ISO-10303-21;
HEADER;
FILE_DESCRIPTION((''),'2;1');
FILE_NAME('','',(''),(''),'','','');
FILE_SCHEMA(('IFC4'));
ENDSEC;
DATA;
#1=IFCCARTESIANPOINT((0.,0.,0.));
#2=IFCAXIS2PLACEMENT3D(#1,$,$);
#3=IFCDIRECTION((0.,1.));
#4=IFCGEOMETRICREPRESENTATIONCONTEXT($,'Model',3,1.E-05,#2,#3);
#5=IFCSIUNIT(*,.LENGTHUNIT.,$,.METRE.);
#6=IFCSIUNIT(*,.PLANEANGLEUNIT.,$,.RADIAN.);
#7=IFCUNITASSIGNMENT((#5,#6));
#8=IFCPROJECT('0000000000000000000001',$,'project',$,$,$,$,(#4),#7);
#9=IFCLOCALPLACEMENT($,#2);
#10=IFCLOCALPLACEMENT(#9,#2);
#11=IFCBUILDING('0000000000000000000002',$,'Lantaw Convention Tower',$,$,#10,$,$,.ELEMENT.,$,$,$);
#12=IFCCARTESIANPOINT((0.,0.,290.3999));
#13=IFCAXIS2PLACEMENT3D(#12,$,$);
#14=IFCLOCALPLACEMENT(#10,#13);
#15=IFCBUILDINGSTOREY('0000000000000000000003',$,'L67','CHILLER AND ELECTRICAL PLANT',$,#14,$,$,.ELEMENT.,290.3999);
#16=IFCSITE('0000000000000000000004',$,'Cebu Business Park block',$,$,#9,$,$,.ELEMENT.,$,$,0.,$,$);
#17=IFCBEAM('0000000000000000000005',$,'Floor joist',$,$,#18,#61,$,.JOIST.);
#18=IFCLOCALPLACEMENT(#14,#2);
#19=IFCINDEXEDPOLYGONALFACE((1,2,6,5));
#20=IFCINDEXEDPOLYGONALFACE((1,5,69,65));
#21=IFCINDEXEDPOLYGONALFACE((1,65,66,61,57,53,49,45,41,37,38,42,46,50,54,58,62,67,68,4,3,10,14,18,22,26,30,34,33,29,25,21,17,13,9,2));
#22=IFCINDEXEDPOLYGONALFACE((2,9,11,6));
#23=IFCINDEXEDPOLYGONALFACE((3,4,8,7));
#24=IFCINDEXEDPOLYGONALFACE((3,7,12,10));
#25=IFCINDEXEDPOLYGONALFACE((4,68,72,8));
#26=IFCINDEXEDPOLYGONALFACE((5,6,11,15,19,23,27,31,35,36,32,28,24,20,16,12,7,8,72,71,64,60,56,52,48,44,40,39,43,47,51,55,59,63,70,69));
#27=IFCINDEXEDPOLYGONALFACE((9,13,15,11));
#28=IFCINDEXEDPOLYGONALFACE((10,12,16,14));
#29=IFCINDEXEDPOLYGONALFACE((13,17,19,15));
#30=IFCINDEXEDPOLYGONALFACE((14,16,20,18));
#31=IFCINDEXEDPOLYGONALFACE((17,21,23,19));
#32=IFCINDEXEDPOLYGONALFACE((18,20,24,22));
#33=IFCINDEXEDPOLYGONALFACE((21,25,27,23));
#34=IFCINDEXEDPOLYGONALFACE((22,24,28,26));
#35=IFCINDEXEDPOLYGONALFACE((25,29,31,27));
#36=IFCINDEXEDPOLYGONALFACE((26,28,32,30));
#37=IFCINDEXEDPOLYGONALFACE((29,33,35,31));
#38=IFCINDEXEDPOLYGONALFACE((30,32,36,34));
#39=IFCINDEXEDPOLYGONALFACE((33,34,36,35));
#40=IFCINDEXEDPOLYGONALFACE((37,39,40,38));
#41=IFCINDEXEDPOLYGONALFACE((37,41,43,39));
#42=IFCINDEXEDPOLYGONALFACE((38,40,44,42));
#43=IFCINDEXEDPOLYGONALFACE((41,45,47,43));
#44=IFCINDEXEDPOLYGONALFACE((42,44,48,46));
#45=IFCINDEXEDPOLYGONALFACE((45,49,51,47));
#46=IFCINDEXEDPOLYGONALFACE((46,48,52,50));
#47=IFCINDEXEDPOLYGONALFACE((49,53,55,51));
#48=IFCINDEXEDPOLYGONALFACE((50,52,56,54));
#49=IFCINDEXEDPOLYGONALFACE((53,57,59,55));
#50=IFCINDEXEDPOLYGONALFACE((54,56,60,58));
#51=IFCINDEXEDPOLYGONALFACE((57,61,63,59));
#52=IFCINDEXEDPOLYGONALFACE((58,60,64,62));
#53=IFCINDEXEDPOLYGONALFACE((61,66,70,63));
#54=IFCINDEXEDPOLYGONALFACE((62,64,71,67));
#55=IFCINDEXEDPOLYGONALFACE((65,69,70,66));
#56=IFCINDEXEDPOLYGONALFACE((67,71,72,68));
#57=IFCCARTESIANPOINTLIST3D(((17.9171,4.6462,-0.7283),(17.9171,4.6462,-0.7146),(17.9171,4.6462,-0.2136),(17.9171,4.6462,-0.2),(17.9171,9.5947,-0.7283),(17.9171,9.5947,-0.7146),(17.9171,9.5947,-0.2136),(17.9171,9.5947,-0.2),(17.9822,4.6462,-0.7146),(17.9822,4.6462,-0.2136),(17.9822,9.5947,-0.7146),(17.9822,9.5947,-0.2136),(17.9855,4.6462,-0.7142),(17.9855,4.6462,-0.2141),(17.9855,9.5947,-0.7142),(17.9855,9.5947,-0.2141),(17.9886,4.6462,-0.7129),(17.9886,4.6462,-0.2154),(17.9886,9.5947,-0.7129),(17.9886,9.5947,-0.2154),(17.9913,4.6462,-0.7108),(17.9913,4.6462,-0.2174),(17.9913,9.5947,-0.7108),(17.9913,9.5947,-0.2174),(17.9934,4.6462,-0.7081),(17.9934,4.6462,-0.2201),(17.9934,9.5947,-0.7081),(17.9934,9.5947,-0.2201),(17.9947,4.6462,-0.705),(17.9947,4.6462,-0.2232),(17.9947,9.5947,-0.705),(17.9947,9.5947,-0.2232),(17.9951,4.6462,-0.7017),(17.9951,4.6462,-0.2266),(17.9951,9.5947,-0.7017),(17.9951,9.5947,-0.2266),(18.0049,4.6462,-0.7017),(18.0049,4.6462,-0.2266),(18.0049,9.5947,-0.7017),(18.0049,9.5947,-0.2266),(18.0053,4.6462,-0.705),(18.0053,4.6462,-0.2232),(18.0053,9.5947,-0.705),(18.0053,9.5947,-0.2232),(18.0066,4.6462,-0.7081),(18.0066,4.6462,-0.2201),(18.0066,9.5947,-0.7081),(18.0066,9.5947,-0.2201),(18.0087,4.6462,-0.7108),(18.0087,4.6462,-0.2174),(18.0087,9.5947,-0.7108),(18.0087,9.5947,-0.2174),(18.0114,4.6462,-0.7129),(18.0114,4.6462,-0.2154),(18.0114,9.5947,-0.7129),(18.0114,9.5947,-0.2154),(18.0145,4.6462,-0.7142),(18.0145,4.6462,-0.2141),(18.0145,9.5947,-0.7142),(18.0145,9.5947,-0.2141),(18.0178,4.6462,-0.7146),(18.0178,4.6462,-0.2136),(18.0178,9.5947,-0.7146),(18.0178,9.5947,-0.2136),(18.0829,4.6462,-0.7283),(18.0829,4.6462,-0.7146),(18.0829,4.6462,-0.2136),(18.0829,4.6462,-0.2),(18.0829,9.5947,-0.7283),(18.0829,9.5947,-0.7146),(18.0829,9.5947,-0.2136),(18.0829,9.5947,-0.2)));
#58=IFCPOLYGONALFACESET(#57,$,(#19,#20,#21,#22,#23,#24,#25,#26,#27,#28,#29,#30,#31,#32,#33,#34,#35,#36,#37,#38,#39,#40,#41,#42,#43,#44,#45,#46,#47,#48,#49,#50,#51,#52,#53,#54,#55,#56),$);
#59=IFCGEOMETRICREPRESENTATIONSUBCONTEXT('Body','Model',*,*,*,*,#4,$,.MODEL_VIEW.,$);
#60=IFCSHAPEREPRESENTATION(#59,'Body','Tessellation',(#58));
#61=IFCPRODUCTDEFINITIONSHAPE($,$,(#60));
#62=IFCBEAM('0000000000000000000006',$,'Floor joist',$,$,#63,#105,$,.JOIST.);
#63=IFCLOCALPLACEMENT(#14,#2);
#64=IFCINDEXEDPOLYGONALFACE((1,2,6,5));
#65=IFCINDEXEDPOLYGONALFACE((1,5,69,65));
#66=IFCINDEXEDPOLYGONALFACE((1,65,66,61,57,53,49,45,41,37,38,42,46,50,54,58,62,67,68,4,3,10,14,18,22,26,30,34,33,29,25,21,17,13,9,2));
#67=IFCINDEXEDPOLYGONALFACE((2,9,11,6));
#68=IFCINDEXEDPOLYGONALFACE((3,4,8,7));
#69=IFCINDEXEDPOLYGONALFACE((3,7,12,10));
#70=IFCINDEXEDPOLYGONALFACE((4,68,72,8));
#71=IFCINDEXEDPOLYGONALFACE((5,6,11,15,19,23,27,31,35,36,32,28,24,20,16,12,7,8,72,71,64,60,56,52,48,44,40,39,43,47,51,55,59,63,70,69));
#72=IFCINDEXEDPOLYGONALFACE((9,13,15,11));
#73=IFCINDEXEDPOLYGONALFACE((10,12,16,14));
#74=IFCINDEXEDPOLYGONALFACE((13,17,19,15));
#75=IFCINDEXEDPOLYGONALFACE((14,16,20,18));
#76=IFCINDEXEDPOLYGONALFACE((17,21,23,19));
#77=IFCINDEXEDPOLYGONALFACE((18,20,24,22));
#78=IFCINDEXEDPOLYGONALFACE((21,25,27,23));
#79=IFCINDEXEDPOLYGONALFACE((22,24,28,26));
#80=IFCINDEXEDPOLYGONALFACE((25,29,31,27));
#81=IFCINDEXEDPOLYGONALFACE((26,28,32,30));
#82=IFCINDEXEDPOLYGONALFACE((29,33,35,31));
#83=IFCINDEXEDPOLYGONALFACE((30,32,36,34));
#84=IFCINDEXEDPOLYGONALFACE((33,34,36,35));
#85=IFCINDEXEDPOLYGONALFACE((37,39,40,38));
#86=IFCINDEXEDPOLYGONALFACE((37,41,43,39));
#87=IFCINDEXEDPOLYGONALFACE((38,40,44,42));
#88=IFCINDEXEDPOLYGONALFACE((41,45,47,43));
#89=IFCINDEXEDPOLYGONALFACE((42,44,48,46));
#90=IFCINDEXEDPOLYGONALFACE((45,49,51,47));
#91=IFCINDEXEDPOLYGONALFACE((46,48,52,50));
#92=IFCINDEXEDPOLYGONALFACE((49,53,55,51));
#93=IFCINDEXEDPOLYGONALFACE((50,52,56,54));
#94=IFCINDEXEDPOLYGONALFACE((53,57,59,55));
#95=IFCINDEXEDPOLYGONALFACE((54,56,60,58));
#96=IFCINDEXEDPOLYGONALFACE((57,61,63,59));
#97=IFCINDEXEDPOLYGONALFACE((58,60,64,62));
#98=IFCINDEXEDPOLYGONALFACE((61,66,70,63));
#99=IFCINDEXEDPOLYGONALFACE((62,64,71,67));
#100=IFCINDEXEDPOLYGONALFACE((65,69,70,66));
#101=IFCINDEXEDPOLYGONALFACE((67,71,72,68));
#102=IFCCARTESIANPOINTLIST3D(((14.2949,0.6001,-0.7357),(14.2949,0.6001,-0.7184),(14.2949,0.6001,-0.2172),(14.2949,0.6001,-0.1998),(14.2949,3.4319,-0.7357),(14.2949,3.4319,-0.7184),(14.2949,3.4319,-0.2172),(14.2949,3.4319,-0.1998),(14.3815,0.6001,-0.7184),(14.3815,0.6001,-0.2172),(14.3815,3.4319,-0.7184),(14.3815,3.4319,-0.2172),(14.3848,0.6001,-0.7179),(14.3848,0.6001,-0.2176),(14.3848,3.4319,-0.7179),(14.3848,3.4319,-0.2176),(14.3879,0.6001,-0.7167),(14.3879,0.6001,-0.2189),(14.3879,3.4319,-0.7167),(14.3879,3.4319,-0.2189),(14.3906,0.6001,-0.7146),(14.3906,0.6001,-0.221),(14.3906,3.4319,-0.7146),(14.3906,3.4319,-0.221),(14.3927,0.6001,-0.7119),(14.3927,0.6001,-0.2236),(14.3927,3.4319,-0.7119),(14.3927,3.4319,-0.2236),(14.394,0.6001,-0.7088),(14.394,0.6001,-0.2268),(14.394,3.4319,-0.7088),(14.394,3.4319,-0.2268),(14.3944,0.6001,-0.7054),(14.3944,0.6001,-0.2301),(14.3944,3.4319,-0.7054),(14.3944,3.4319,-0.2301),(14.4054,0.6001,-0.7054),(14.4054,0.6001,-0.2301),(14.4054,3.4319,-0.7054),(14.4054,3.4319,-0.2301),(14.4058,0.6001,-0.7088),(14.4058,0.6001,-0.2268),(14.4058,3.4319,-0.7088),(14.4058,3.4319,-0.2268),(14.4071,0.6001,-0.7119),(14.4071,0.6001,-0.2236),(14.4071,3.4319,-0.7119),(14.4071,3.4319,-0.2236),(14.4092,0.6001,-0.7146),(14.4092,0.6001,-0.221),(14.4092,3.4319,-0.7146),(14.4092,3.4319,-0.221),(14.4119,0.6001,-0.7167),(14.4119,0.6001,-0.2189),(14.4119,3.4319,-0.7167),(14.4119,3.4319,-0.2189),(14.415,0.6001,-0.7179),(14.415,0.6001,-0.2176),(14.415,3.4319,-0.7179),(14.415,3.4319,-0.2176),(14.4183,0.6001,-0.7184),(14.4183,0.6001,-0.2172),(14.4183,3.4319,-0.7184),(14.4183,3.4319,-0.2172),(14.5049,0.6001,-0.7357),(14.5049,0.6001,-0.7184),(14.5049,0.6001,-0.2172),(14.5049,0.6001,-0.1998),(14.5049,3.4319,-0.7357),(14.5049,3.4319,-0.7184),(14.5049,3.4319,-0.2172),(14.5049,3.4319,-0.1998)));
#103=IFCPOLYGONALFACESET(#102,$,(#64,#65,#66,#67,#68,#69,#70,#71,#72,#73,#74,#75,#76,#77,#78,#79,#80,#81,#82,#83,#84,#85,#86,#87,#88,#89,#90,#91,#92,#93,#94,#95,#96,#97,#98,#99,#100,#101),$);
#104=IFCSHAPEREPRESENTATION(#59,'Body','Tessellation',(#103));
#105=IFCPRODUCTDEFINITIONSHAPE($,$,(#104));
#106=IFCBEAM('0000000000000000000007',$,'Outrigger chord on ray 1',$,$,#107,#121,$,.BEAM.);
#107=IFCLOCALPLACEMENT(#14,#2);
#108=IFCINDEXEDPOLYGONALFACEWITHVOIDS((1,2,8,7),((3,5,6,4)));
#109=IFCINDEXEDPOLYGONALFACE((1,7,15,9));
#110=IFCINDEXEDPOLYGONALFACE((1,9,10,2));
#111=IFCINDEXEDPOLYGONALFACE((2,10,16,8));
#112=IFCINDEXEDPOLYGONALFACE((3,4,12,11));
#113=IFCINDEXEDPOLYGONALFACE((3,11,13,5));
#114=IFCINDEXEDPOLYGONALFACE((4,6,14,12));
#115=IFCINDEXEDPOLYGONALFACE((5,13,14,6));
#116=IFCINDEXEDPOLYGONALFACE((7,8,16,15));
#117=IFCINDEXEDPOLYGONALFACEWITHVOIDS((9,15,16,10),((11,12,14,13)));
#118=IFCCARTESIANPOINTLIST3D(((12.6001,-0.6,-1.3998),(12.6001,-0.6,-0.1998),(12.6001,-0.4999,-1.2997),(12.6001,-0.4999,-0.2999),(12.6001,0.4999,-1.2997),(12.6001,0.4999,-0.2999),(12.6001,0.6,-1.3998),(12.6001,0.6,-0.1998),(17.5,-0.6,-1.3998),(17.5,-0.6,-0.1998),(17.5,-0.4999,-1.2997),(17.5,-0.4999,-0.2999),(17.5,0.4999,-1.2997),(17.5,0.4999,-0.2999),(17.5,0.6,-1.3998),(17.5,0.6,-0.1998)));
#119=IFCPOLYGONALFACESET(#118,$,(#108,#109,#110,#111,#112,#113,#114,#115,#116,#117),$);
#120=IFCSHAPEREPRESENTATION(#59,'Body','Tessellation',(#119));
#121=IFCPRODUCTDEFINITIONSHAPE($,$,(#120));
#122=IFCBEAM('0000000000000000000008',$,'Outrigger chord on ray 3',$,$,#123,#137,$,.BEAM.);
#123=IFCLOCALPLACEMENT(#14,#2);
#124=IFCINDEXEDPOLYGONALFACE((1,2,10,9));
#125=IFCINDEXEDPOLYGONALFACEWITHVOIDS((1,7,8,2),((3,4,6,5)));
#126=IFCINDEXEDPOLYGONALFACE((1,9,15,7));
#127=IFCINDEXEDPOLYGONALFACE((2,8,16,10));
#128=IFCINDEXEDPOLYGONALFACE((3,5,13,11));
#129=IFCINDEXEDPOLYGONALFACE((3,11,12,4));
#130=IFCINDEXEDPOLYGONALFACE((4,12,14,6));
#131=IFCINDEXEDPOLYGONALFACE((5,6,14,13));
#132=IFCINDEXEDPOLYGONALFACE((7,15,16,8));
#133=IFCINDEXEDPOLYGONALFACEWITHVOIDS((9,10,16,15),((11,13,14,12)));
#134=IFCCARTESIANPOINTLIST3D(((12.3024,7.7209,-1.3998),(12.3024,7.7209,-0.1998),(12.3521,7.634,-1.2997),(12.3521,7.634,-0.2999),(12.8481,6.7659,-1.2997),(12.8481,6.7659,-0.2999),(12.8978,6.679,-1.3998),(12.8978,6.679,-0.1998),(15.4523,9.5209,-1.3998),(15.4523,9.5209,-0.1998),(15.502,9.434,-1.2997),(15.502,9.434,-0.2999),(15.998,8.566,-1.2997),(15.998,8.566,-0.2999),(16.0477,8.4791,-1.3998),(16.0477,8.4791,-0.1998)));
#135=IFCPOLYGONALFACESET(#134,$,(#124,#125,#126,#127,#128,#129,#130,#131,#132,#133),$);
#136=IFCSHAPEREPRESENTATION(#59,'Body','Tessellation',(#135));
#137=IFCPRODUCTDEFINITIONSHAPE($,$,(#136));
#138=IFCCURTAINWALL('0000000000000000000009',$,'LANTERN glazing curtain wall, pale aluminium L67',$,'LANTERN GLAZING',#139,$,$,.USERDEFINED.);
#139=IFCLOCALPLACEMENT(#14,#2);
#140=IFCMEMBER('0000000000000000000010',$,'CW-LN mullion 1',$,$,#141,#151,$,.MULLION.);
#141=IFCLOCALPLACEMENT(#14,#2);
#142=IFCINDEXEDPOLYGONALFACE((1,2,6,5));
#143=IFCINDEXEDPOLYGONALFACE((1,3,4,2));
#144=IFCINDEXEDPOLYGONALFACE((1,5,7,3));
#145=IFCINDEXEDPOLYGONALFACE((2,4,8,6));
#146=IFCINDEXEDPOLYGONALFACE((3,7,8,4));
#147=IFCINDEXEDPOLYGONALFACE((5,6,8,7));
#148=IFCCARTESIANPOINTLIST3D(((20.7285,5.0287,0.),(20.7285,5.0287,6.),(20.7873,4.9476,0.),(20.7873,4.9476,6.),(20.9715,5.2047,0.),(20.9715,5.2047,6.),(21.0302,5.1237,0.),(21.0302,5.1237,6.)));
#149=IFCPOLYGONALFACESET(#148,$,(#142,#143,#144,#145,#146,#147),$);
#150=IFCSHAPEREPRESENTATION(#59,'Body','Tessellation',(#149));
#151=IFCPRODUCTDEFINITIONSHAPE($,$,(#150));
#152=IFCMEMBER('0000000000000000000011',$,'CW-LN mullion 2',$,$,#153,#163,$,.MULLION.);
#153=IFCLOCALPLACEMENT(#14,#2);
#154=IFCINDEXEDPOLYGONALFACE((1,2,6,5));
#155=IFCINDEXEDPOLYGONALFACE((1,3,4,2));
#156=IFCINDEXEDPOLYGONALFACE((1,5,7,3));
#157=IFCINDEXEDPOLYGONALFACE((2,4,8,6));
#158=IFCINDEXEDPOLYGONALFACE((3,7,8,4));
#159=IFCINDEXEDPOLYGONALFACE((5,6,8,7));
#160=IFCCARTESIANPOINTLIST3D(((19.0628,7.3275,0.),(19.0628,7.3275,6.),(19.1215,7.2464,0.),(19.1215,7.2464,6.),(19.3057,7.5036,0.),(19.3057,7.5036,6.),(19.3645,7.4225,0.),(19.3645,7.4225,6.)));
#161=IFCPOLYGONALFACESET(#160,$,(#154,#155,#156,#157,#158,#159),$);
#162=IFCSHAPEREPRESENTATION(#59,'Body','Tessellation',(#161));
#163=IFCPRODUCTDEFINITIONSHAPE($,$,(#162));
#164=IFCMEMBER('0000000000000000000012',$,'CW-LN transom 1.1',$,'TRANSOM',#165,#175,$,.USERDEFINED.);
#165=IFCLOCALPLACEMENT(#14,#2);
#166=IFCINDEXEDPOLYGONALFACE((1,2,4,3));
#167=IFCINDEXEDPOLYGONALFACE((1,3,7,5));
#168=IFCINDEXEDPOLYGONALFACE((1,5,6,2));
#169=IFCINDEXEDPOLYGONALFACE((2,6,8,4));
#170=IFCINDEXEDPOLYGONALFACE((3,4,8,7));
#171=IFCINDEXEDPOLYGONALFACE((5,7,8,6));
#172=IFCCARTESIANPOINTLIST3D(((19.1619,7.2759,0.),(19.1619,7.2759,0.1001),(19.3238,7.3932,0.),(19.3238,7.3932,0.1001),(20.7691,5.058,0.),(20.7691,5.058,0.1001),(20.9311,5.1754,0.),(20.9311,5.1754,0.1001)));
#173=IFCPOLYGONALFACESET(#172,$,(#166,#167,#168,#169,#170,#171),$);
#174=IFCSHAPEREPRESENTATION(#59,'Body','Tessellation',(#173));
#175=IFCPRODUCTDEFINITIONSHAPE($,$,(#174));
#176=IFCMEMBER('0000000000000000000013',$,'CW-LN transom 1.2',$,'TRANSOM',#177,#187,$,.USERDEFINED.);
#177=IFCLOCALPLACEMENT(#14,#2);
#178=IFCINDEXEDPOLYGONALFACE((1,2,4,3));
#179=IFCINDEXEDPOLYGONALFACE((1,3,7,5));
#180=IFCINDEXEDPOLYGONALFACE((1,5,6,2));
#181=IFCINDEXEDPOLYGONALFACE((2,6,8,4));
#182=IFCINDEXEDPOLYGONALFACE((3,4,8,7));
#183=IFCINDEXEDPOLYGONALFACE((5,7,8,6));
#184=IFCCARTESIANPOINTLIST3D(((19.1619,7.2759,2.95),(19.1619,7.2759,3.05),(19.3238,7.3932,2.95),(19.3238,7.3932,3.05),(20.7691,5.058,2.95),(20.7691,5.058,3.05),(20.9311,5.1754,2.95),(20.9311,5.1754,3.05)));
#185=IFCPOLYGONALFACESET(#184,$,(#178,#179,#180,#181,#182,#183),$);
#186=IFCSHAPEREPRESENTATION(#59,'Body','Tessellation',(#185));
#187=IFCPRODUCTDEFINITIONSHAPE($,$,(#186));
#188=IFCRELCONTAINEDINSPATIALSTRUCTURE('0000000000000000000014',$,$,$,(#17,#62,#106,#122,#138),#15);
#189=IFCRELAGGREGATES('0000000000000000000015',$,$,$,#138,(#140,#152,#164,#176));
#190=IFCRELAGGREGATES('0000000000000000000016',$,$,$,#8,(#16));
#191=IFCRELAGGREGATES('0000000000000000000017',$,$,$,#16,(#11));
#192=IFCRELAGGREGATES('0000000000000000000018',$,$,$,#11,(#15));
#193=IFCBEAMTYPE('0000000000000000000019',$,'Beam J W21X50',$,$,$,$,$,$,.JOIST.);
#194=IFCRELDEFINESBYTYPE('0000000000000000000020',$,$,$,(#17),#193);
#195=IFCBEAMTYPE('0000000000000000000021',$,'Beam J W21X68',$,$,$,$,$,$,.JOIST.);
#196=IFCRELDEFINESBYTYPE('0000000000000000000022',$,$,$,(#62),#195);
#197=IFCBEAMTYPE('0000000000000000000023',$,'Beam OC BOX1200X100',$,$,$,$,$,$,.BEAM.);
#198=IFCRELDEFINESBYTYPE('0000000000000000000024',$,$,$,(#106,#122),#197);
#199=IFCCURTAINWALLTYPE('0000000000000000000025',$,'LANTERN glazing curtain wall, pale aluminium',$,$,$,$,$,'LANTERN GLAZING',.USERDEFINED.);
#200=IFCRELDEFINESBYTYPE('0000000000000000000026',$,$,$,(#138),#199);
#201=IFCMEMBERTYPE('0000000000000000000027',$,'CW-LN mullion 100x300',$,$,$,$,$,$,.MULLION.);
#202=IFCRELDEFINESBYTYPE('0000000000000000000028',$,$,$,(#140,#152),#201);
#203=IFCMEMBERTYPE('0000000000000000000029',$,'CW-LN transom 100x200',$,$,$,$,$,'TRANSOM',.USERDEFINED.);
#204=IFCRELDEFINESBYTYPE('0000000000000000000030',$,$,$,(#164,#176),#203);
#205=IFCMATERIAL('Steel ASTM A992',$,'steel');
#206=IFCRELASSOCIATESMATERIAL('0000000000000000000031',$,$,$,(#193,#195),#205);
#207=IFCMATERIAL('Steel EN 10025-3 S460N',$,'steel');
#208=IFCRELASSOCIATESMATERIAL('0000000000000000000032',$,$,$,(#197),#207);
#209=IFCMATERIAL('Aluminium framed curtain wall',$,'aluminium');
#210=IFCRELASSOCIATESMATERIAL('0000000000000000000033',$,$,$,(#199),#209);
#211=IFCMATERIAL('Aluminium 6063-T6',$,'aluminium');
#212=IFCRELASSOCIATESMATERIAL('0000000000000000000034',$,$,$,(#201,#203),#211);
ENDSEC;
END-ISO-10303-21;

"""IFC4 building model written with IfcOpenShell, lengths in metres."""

from ifc_helpers import new_model, si_unit, direction, frame, origin, origin_2d, place, context, subcontext, project, spatial, rectangle, hollow_rectangle, i_section, extrude, material, material_profile, profile_set, type_object, element, aggregate, save


model = new_model("IFC4")

# Units and contexts
model_context = context("Model", 3, precision=1e-05, world=origin(), true_north=direction((0.0, 1.0)))
body_context = subcontext(model_context, "Body", "Model", "MODEL_VIEW")
ifc_project = project(units=[si_unit("LENGTHUNIT", "METRE"), si_unit("PLANEANGLEUNIT", "RADIAN")], contexts=[model_context])

# Site, building, storey
site_placement = place(None, origin())
site = spatial("IfcSite", under=ifc_project, at=site_placement, Name="Cebu Business Park block", CompositionType="ELEMENT", RefElevation=0.0)
building_placement = place(site_placement, origin())
building = spatial("IfcBuilding", under=site, at=building_placement, Name="Lantaw Convention Tower", CompositionType="ELEMENT")
storey_placement = place(building_placement, frame((0.0, 0.0, 290.3999)))
storey = spatial("IfcBuildingStorey", under=building, at=storey_placement, Name="L67", Description="CHILLER AND ELECTRICAL PLANT", CompositionType="ELEMENT", Elevation=290.3999)

# Beams
ifc_material_1 = material(Name="Steel EN 10025-3 S460N", Category="steel")
ifc_material_2 = material(Name="Steel ASTM A992", Category="steel")
ifc_material_profile_1 = material_profile(ifc_material_2, i_section(OverallWidth=0.1658, OverallDepth=0.5283, WebThickness=0.0098, FlangeThickness=0.0137, FilletRadius=0.0129, at=origin_2d()), Name="W21X50")
ifc_profile_set_1 = profile_set([ifc_material_profile_1], Name="Steel ASTM A992")
beam_type_1 = type_object("IfcBeamType", Name="Beam J W21X50", PredefinedType="JOIST", material=ifc_profile_set_1)
beam_1_placement = place(storey_placement, frame((18.0, 4.6462, -0.4641), z_axis=(0.0, 1.0, 0.0), x_axis=(-1.0, 0.0, 0.0)))
element("IfcBeam", 1, at=beam_1_placement, inside=storey, type_object=beam_type_1, Name="Floor joist", PredefinedType="JOIST", context=body_context, shape_type="SweptSolid", body=[
    extrude(i_section(OverallWidth=0.1658, OverallDepth=0.5283, WebThickness=0.0098, FlangeThickness=0.0137, FilletRadius=0.0129, at=origin_2d()), origin(), (0.0, 0.0, 1.0), 4.9485),
])
ifc_material_profile_2 = material_profile(ifc_material_2, i_section(OverallWidth=0.21, OverallDepth=0.5359, WebThickness=0.011, FlangeThickness=0.0173, FilletRadius=0.0129, at=origin_2d()), Name="W21X68")
ifc_profile_set_2 = profile_set([ifc_material_profile_2], Name="Steel ASTM A992")
beam_type_2 = type_object("IfcBeamType", Name="Beam J W21X68", PredefinedType="JOIST", material=ifc_profile_set_2)
beam_2_placement = place(storey_placement, frame((14.3999, 0.6001, -0.4678), z_axis=(0.0, 1.0, 0.0), x_axis=(-1.0, 0.0, 0.0)))
element("IfcBeam", 2, at=beam_2_placement, inside=storey, type_object=beam_type_2, Name="Floor joist", PredefinedType="JOIST", context=body_context, shape_type="SweptSolid", body=[
    extrude(i_section(OverallWidth=0.21, OverallDepth=0.5359, WebThickness=0.011, FlangeThickness=0.0173, FilletRadius=0.0129, at=origin_2d()), origin(), (0.0, 0.0, 1.0), 2.8318),
])
ifc_material_profile_3 = material_profile(ifc_material_1, hollow_rectangle(XDim=1.2, YDim=1.2, WallThickness=0.1001, at=origin_2d()), Name="BOX1200X100")
ifc_profile_set_3 = profile_set([ifc_material_profile_3], Name="Steel EN 10025-3 S460N")
beam_type_3 = type_object("IfcBeamType", Name="Beam OC BOX1200X100", PredefinedType="BEAM", material=ifc_profile_set_3)
beam_3_placement = place(storey_placement, frame((12.6001, 0.0, -0.7998), z_axis=(1.0, 0.0, 0.0), x_axis=(0.0, 1.0, 0.0)))
element("IfcBeam", 3, at=beam_3_placement, inside=storey, type_object=beam_type_3, Name="Outrigger chord on ray 1", PredefinedType="BEAM", context=body_context, shape_type="SweptSolid", body=[
    extrude(hollow_rectangle(XDim=1.2, YDim=1.2, WallThickness=0.1001, at=origin_2d()), origin(), (0.0, 0.0, 1.0), 4.8999),
])
beam_4_placement = place(storey_placement, frame((12.6001, 7.2, -0.7998), z_axis=(0.868231, 0.496161, 0.0), x_axis=(-0.496161, 0.868231, 0.0)))
element("IfcBeam", 4, at=beam_4_placement, inside=storey, type_object=beam_type_3, Name="Outrigger chord on ray 3", PredefinedType="BEAM", context=body_context, shape_type="SweptSolid", body=[
    extrude(hollow_rectangle(XDim=1.2, YDim=1.2, WallThickness=0.1001, at=origin_2d()), origin(), (0.0, 0.0, 1.0), 3.6279),
])

# Curtain wall, members
ifc_material_3 = material(Name="Aluminium framed curtain wall", Category="aluminium")
curtain_wall_type_1 = type_object("IfcCurtainWallType", Name="LANTERN glazing curtain wall, pale aluminium", ElementType="LANTERN GLAZING", PredefinedType="USERDEFINED", material=ifc_material_3)
curtain_wall_1_placement = place(storey_placement, origin())
curtain_wall_1 = element("IfcCurtainWall", 5, at=curtain_wall_1_placement, inside=storey, type_object=curtain_wall_type_1, Name="LANTERN glazing curtain wall, pale aluminium L67", ObjectType="LANTERN GLAZING", PredefinedType="USERDEFINED")
ifc_material_4 = material(Name="Aluminium 6063-T6", Category="aluminium")
ifc_material_profile_4 = material_profile(ifc_material_4, rectangle(XDim=0.3, YDim=0.1001, at=origin_2d()), Name="CW-LN mullion 100x300")
ifc_profile_set_4 = profile_set([ifc_material_profile_4], Name="Aluminium 6063-T6")
member_type_1 = type_object("IfcMemberType", Name="CW-LN mullion 100x300", PredefinedType="MULLION", material=ifc_profile_set_4)
member_1_placement = place(storey_placement, frame((20.8794, 5.0762, 0.0), z_axis=(0.0, 0.0, 1.0), x_axis=(-0.809742, -0.586786, 0.0)))
member_1 = element("IfcMember", 6, at=member_1_placement, type_object=member_type_1, Name="CW-LN mullion 1", PredefinedType="MULLION", context=body_context, shape_type="SweptSolid", body=[
    extrude(rectangle(XDim=0.3, YDim=0.1001, at=origin_2d()), origin(), (0.0, 0.0, 1.0), 6.0),
])
member_2_placement = place(storey_placement, frame((19.2136, 7.375, 0.0), z_axis=(0.0, 0.0, 1.0), x_axis=(-0.809742, -0.586786, 0.0)))
member_2 = element("IfcMember", 7, at=member_2_placement, type_object=member_type_1, Name="CW-LN mullion 2", PredefinedType="MULLION", context=body_context, shape_type="SweptSolid", body=[
    extrude(rectangle(XDim=0.3, YDim=0.1001, at=origin_2d()), origin(), (0.0, 0.0, 1.0), 6.0),
])
ifc_material_profile_5 = material_profile(ifc_material_4, rectangle(XDim=0.2, YDim=0.1001, at=origin_2d()), Name="CW-LN transom 100x200")
ifc_profile_set_5 = profile_set([ifc_material_profile_5], Name="Aluminium 6063-T6")
member_type_2 = type_object("IfcMemberType", Name="CW-LN transom 100x200", ElementType="TRANSOM", PredefinedType="USERDEFINED", material=ifc_profile_set_5)
member_3_placement = place(storey_placement, frame((20.8501, 5.1167, 0.05), z_axis=(-0.586798, 0.809733, 0.0), x_axis=(-0.809733, -0.586798, 0.0)))
member_3 = element("IfcMember", 8, at=member_3_placement, type_object=member_type_2, Name="CW-LN transom 1.1", ObjectType="TRANSOM", PredefinedType="USERDEFINED", context=body_context, shape_type="SweptSolid", body=[
    extrude(rectangle(XDim=0.2, YDim=0.1001, at=origin_2d()), origin(), (0.0, 0.0, 1.0), 2.739),
])
member_4_placement = place(storey_placement, frame((20.8501, 5.1167, 3.0), z_axis=(-0.586798, 0.809733, 0.0), x_axis=(-0.809733, -0.586798, 0.0)))
member_4 = element("IfcMember", 9, at=member_4_placement, type_object=member_type_2, Name="CW-LN transom 1.2", ObjectType="TRANSOM", PredefinedType="USERDEFINED", context=body_context, shape_type="SweptSolid", body=[
    extrude(rectangle(XDim=0.2, YDim=0.1001, at=origin_2d()), origin(), (0.0, 0.0, 1.0), 2.739),
])

aggregate(curtain_wall_1, [member_1, member_2, member_3, member_4])

save(model, "model.ifc")
